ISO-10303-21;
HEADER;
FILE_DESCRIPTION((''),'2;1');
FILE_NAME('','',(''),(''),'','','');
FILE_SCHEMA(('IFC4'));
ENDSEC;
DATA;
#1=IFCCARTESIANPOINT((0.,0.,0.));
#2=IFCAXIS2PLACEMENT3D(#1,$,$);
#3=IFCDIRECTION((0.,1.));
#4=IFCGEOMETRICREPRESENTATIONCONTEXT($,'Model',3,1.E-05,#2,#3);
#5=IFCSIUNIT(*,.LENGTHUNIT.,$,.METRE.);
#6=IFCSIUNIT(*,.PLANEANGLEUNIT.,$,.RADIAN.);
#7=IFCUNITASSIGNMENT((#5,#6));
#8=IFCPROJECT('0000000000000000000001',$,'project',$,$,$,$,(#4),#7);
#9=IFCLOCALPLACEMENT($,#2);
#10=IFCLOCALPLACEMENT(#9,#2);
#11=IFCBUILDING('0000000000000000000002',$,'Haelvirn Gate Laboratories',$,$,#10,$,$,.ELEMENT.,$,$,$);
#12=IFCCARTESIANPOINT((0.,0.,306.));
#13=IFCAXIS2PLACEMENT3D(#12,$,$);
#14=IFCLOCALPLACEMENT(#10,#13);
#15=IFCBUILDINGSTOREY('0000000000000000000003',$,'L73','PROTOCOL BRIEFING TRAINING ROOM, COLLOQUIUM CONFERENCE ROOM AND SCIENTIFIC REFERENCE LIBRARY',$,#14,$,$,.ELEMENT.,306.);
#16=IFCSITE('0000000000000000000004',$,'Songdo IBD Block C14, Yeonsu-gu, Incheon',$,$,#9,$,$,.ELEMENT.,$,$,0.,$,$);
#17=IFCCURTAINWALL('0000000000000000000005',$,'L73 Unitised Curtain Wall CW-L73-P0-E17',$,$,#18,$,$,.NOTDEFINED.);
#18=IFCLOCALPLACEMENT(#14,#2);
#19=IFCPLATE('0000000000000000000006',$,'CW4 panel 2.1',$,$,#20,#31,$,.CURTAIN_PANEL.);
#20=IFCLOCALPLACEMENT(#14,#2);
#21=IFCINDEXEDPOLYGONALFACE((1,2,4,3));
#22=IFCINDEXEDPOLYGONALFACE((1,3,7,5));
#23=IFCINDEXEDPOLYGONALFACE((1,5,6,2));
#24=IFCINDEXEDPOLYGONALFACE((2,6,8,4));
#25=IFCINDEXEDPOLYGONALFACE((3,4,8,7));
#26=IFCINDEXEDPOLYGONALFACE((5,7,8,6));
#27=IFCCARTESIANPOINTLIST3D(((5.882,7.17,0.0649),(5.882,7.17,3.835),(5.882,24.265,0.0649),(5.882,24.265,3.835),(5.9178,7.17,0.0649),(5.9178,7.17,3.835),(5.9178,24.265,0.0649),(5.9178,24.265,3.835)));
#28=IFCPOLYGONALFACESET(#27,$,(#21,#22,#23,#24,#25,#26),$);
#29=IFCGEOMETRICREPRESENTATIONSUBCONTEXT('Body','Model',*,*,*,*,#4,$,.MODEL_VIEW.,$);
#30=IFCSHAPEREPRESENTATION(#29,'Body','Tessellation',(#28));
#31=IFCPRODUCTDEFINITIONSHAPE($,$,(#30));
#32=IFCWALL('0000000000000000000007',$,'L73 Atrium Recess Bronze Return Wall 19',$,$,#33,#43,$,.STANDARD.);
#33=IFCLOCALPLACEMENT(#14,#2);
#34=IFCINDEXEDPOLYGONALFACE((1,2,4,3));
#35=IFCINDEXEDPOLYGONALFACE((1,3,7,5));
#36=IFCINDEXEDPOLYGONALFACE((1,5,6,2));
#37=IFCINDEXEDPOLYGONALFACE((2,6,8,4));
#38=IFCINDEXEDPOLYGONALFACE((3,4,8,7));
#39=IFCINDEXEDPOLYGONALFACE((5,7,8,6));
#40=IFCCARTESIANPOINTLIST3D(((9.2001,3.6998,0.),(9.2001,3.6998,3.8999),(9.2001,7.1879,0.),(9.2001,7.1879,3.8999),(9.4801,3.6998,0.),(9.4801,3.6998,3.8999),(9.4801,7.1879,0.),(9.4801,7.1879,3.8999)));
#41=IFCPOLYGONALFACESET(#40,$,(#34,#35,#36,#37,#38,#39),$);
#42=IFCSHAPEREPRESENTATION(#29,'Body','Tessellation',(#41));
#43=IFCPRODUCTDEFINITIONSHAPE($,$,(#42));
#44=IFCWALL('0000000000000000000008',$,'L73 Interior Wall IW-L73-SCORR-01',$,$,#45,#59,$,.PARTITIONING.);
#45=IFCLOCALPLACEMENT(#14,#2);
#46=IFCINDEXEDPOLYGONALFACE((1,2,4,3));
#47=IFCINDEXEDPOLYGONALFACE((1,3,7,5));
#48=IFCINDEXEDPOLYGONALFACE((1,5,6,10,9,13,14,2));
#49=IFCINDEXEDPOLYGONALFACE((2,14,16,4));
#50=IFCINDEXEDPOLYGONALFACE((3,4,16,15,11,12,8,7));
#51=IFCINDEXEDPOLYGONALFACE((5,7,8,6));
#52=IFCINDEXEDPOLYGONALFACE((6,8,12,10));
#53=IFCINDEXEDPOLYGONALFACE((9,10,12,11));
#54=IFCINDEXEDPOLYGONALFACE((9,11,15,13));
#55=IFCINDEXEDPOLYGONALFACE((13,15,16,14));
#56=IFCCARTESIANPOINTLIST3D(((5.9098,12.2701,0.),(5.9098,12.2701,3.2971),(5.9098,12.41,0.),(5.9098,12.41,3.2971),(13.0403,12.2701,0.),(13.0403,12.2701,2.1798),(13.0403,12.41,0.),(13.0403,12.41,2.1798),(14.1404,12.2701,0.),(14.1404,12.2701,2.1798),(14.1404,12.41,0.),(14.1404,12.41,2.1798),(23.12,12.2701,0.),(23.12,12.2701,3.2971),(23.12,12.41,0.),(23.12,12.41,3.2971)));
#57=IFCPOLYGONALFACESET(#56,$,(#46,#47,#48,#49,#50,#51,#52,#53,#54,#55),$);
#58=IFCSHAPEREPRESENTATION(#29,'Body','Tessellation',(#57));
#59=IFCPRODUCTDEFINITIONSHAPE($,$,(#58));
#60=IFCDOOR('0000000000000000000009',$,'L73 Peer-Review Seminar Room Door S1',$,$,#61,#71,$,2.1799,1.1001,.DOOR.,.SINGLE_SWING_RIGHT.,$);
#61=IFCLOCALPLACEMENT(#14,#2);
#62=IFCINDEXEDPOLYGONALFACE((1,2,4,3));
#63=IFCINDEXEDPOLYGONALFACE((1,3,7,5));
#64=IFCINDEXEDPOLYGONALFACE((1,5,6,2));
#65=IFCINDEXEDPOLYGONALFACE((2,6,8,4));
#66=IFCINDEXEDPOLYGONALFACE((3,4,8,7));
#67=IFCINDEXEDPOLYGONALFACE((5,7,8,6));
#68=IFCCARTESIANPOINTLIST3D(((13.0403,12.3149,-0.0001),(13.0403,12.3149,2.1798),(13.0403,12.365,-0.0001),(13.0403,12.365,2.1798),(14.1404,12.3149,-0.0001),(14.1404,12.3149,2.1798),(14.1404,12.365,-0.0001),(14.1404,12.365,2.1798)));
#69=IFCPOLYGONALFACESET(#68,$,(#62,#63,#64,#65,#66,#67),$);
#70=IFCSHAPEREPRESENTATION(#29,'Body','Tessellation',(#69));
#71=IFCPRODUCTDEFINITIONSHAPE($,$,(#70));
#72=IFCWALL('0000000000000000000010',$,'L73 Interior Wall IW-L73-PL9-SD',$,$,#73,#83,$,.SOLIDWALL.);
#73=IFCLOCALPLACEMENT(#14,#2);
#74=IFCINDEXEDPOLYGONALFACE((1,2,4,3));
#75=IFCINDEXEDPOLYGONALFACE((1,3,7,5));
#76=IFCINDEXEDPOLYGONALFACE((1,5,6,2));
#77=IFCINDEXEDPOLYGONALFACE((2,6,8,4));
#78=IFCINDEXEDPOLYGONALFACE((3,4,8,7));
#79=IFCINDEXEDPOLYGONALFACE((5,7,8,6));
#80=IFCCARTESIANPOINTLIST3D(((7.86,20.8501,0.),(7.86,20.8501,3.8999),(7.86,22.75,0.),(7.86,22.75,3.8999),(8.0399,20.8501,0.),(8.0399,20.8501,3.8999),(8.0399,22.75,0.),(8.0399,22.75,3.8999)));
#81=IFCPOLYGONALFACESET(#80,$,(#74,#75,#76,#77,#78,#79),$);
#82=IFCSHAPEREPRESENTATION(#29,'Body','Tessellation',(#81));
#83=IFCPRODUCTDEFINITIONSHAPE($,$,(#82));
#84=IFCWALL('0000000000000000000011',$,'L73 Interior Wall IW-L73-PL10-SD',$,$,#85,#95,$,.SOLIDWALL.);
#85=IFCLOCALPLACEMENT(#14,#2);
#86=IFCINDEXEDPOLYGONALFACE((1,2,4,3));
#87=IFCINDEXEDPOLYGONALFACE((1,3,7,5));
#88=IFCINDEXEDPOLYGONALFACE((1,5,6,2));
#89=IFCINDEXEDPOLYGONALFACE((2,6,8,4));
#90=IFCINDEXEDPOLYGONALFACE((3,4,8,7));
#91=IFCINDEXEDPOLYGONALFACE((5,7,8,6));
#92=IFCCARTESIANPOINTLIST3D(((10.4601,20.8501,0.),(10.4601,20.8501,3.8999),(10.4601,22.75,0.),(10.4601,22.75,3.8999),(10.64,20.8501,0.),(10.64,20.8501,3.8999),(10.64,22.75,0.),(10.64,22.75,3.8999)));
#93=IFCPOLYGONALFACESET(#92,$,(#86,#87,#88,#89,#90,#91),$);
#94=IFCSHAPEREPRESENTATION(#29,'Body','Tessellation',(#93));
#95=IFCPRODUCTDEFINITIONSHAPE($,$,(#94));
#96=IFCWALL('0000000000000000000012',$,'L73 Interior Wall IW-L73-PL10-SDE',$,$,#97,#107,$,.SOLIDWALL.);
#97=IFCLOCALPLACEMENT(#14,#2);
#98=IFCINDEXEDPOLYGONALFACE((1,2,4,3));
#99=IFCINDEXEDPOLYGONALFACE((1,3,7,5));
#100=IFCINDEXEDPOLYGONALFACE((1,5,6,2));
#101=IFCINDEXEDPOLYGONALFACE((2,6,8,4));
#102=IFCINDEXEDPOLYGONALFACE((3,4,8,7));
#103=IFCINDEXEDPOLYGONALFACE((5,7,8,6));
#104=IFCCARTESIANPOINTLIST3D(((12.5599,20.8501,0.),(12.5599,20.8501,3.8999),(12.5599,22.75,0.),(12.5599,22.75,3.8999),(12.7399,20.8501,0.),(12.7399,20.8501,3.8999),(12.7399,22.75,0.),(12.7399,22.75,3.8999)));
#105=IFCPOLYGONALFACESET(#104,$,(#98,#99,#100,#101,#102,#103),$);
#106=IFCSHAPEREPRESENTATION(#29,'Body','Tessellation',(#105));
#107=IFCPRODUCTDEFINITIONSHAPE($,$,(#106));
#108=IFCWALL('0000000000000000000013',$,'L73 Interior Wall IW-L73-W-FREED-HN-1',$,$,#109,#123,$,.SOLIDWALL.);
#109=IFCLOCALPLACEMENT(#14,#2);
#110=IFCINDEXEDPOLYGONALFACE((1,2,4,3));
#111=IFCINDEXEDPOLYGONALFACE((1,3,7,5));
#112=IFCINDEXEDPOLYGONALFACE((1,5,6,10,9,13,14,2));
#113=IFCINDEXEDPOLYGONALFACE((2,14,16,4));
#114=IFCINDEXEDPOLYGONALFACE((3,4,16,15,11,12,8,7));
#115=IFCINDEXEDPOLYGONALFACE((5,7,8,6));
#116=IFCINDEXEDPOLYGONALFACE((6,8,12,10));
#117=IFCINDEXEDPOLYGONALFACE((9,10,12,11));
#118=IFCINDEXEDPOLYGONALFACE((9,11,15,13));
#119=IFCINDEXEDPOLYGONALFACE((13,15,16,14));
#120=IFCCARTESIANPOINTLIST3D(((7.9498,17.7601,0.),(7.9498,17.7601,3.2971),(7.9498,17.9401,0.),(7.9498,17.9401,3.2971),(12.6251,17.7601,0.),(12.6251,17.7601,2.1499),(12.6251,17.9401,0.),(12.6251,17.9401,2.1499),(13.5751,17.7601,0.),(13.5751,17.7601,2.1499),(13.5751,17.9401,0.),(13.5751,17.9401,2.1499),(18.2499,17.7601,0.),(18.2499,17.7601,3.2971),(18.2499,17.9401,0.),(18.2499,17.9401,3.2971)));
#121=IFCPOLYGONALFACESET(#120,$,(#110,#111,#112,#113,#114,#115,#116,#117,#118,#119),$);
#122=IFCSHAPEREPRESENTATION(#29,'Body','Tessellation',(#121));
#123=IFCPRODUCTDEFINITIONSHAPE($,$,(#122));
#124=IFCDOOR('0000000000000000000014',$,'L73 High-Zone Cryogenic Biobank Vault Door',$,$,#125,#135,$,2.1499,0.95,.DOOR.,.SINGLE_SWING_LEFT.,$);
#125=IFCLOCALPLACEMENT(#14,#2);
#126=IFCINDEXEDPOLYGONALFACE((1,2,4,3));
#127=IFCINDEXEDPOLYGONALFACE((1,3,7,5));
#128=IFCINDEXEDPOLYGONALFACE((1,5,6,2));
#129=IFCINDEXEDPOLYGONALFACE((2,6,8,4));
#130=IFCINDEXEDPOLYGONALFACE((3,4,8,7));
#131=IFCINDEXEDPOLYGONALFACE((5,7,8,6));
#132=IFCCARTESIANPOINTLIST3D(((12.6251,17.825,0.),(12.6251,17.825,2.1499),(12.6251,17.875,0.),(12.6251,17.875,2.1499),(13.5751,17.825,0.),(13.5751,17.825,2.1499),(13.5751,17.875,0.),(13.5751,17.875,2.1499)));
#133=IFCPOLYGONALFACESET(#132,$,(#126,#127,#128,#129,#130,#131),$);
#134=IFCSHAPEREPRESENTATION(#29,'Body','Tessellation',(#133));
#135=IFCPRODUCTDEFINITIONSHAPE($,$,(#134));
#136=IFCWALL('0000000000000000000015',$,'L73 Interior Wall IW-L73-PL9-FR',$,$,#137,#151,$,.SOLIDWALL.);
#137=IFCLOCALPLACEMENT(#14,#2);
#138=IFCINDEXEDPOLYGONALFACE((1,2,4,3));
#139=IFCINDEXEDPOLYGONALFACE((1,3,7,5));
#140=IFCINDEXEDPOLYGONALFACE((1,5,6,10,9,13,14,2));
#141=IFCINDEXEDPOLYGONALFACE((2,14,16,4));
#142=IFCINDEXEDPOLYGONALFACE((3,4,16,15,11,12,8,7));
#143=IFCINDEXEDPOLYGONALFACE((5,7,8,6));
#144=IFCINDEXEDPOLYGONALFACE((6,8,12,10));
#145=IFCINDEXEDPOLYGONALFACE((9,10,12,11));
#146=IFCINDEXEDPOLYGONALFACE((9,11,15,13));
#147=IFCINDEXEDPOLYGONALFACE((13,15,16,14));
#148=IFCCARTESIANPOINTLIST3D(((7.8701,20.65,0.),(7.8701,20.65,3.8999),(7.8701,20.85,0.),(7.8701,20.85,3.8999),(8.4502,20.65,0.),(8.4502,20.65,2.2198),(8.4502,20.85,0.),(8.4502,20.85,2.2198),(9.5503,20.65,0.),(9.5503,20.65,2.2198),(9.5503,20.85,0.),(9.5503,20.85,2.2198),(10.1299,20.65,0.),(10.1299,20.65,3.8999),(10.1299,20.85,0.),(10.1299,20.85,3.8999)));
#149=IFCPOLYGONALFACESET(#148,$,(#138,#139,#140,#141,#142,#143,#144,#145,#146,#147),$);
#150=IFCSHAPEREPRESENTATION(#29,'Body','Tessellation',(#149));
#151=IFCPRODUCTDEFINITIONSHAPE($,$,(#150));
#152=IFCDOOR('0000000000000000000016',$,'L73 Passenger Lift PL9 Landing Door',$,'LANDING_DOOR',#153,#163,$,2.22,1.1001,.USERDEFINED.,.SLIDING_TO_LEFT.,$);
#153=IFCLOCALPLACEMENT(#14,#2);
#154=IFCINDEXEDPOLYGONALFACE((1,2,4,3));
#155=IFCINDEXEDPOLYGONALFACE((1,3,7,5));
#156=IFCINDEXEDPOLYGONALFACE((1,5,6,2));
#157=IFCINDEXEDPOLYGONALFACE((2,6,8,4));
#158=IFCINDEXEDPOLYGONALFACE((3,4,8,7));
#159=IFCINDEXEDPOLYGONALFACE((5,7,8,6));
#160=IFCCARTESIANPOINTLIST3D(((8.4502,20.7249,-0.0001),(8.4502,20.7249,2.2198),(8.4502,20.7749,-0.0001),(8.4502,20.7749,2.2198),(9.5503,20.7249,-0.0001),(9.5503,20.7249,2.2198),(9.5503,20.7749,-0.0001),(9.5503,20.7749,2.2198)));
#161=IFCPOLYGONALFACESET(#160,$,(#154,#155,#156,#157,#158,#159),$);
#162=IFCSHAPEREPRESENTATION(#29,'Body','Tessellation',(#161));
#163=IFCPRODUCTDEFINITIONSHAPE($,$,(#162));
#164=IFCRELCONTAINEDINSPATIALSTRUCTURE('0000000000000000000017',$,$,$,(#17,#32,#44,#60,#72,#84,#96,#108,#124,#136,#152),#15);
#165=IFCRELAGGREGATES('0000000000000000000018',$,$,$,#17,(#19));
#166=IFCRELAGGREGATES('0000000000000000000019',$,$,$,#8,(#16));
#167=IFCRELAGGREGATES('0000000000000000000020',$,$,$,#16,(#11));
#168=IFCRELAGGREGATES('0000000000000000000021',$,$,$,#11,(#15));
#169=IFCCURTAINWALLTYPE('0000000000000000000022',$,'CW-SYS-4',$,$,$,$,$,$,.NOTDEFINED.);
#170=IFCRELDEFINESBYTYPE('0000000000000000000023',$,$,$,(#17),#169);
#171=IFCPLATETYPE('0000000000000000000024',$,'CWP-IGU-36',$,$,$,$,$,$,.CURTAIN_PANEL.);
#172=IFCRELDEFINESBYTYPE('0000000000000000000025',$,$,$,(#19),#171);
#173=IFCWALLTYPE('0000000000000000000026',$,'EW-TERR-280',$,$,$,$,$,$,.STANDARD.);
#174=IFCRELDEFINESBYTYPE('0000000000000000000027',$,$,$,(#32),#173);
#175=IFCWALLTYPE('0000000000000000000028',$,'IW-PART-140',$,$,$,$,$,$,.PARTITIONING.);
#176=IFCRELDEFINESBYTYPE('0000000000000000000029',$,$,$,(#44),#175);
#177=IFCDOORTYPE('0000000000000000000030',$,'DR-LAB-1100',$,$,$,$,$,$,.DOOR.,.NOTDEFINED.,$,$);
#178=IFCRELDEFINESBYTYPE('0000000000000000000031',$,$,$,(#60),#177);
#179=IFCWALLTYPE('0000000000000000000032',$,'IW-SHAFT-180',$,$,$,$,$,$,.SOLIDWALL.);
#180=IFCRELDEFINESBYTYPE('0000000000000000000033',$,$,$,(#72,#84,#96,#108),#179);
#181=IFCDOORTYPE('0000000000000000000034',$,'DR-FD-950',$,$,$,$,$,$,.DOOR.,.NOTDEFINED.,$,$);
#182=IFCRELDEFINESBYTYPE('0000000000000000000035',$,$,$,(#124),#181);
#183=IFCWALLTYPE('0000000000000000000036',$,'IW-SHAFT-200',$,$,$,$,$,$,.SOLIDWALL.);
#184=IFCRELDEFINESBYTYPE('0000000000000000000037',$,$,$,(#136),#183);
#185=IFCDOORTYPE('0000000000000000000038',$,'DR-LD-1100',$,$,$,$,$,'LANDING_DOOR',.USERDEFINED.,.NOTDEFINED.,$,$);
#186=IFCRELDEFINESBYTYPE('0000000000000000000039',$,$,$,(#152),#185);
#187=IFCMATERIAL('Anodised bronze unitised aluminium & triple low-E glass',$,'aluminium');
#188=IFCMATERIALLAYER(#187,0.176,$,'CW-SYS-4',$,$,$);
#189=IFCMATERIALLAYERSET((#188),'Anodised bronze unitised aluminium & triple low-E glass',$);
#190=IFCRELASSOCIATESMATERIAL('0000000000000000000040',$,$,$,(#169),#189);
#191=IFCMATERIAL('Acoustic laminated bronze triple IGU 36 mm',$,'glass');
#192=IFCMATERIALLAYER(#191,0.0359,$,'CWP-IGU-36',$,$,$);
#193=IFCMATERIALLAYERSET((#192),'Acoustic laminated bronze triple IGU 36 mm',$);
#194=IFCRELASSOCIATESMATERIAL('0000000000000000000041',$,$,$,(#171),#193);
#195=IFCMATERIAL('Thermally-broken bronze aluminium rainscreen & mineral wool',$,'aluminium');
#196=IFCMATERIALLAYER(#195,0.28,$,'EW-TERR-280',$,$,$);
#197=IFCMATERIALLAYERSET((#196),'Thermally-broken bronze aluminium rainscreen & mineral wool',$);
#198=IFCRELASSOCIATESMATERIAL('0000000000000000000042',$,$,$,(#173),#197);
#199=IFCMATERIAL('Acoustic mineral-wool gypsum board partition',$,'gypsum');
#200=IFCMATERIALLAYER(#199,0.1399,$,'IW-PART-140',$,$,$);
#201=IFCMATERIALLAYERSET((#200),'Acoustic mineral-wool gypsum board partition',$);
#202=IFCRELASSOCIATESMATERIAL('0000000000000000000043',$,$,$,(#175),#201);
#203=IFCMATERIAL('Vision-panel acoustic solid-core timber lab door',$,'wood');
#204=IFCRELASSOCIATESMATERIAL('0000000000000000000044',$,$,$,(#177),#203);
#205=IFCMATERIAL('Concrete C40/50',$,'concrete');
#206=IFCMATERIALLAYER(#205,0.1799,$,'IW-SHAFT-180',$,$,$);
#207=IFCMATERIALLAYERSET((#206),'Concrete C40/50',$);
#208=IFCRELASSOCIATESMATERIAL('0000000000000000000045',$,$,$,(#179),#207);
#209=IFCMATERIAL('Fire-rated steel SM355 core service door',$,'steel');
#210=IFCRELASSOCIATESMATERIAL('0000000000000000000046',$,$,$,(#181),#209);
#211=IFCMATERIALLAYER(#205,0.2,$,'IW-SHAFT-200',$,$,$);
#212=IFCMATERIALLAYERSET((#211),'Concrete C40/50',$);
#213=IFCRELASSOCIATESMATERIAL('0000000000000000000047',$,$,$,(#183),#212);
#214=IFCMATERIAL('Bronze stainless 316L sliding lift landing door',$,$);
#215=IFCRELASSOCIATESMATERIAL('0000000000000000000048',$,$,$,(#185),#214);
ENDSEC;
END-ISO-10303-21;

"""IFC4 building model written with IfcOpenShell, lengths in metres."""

from ifc_helpers import new_model, si_unit, direction, frame, frame_2d, origin, origin_2d, place, context, subcontext, project, spatial, rectangle, extrude, source, transform, mapped, material, layer, layer_set, type_object, type_shapes, element, fill, aggregate, save


model = new_model("IFC4")

# Units and contexts
model_context = context("Model", 3, precision=1e-05, world=origin(), true_north=direction((0.0, 1.0)))
body_context = subcontext(model_context, "Body", "Model", "MODEL_VIEW")
ifc_project = project(units=[si_unit("LENGTHUNIT", "METRE"), si_unit("PLANEANGLEUNIT", "RADIAN")], contexts=[model_context])

# Site, building, storey
site_placement = place(None, origin())
site = spatial("IfcSite", under=ifc_project, at=site_placement, Name="Songdo IBD Block C14, Yeonsu-gu, Incheon", CompositionType="ELEMENT", RefElevation=0.0)
building_placement = place(site_placement, origin())
building = spatial("IfcBuilding", under=site, at=building_placement, Name="Haelvirn Gate Laboratories", CompositionType="ELEMENT")
storey_placement = place(building_placement, frame((0.0, 0.0, 306.0)))
storey = spatial("IfcBuildingStorey", under=building, at=storey_placement, Name="L73", Description="PROTOCOL BRIEFING TRAINING ROOM, COLLOQUIUM CONFERENCE ROOM AND SCIENTIFIC REFERENCE LIBRARY", CompositionType="ELEMENT", Elevation=306.0)

# Curtain wall
ifc_material_1 = material(Name="Anodised bronze unitised aluminium & triple low-E glass", Category="aluminium")
ifc_layer_1 = layer(ifc_material_1, 0.176, Name="CW-SYS-4")
ifc_layer_set_1 = layer_set([ifc_layer_1], Name="Anodised bronze unitised aluminium & triple low-E glass")
curtain_wall_type_1 = type_object("IfcCurtainWallType", Name="CW-SYS-4", PredefinedType="NOTDEFINED", material=ifc_layer_set_1)
curtain_wall_1_placement = place(storey_placement, origin())
curtain_wall_1 = element("IfcCurtainWall", 1, at=curtain_wall_1_placement, inside=storey, type_object=curtain_wall_type_1, Name="L73 Unitised Curtain Wall CW-L73-P0-E17", PredefinedType="NOTDEFINED")

# Plate
ifc_material_2 = material(Name="Acoustic laminated bronze triple IGU 36 mm", Category="glass")
ifc_layer_2 = layer(ifc_material_2, 0.0359, Name="CWP-IGU-36")
ifc_layer_set_2 = layer_set([ifc_layer_2], Name="Acoustic laminated bronze triple IGU 36 mm")
plate_type_1 = type_object("IfcPlateType", Name="CWP-IGU-36", PredefinedType="CURTAIN_PANEL", material=ifc_layer_set_2)
shared_shape_1 = source(origin(), body_context, "Body", "SweptSolid", [
    extrude(rectangle(XDim=17.095, YDim=0.0359, at=origin_2d()), origin(), (0.0, 0.0, 1.0), 3.77),
])
type_shapes(plate_type_1, [shared_shape_1])
plate_1_placement = place(storey_placement, frame((5.8999, 15.7175, 0.0649), z_axis=(0.0, 0.0, 1.0), x_axis=(0.0, -1.0, 0.0)))
plate_1 = element("IfcPlate", 2, at=plate_1_placement, type_object=plate_type_1, Name="CW4 panel 2.1", PredefinedType="CURTAIN_PANEL", context=body_context, shape_type="MappedRepresentation", body=[
    mapped(shared_shape_1, transform((0.0, 0.0, 0.0), scale=1.0)),
])
aggregate(curtain_wall_1, [plate_1])

# Wall
ifc_material_3 = material(Name="Thermally-broken bronze aluminium rainscreen & mineral wool", Category="aluminium")
ifc_layer_3 = layer(ifc_material_3, 0.28, Name="EW-TERR-280")
ifc_layer_set_3 = layer_set([ifc_layer_3], Name="Thermally-broken bronze aluminium rainscreen & mineral wool")
wall_type_1 = type_object("IfcWallType", Name="EW-TERR-280", PredefinedType="STANDARD", material=ifc_layer_set_3)
wall_1_placement = place(storey_placement, frame((9.3401, 7.188, 0.0), z_axis=(0.0, 0.0, 1.0), x_axis=(0.0, -1.0, 0.0)))
element("IfcWall", 3, at=wall_1_placement, inside=storey, type_object=wall_type_1, Name="L73 Atrium Recess Bronze Return Wall 19", PredefinedType="STANDARD", context=body_context, shape_type="SweptSolid", body=[
    extrude(rectangle(XDim=3.488, YDim=0.28, at=frame_2d((1.7441, 0.0))), origin(), (0.0, 0.0, 1.0), 3.8999),
])

# Wall, opening, door
ifc_material_4 = material(Name="Acoustic mineral-wool gypsum board partition", Category="gypsum")
ifc_layer_4 = layer(ifc_material_4, 0.1399, Name="IW-PART-140")
ifc_layer_set_4 = layer_set([ifc_layer_4], Name="Acoustic mineral-wool gypsum board partition")
wall_type_2 = type_object("IfcWallType", Name="IW-PART-140", PredefinedType="PARTITIONING", material=ifc_layer_set_4)
wall_2_placement = place(storey_placement, frame((5.9099, 12.3401, 0.0), z_axis=(0.0, 0.0, 1.0), x_axis=(1.0, 0.0, 0.0)))
wall_2 = element("IfcWall", 4, at=wall_2_placement, inside=storey, type_object=wall_type_2, Name="L73 Interior Wall IW-L73-SCORR-01", PredefinedType="PARTITIONING", context=body_context, shape_type="SweptSolid", body=[
    extrude(rectangle(XDim=17.2102, YDim=0.1399, at=frame_2d((8.605, 0.0))), origin(), (0.0, 0.0, 1.0), 3.2971),
])
opening_1_placement = place(wall_2_placement, frame((7.1304, 0.0, 0.0)))
opening_1 = element("IfcOpeningElement", 5, at=opening_1_placement, cuts=wall_2, PredefinedType="OPENING", context=body_context, shape_type="SweptSolid", body=[
    extrude(rectangle(XDim=1.1001, YDim=2.1799, at=frame_2d((0.55, 1.0898))), frame((0.0, 0.0801, 0.0), z_axis=(0.0, -1.0, 0.0), x_axis=(1.0, 0.0, 0.0)), (0.0, 0.0, 1.0), 0.1599),
])
ifc_material_5 = material(Name="Vision-panel acoustic solid-core timber lab door", Category="wood")
door_type_1 = type_object("IfcDoorType", Name="DR-LAB-1100", OperationType="NOTDEFINED", PredefinedType="DOOR", material=ifc_material_5)
shared_shape_2 = source(origin(), body_context, "Body", "SweptSolid", [
    extrude(rectangle(XDim=1.1001, YDim=2.1799, at=frame_2d((0.55, 1.0898))), frame((0.0, 0.0249, 0.0), z_axis=(0.0, -1.0, 0.0), x_axis=(1.0, 0.0, 0.0)), (0.0, 0.0, 1.0), 0.05),
])
type_shapes(door_type_1, [shared_shape_2])
door_1_placement = place(opening_1_placement, origin())
door_1 = element("IfcDoor", 6, at=door_1_placement, inside=storey, type_object=door_type_1, Name="L73 Peer-Review Seminar Room Door S1", OperationType="SINGLE_SWING_RIGHT", OverallHeight=2.1799, OverallWidth=1.1001, PredefinedType="DOOR", context=body_context, shape_type="MappedRepresentation", body=[
    mapped(shared_shape_2, transform((0.0, 0.0, 0.0), scale=1.0)),
])
fill(opening_1, door_1)

# Walls
ifc_material_6 = material(Name="Concrete C40/50", Category="concrete")
ifc_layer_5 = layer(ifc_material_6, 0.1799, Name="IW-SHAFT-180")
ifc_layer_set_5 = layer_set([ifc_layer_5], Name="Concrete C40/50")
wall_type_3 = type_object("IfcWallType", Name="IW-SHAFT-180", PredefinedType="SOLIDWALL", material=ifc_layer_set_5)
for number, where, z_axis, x_axis, name in (
    (7, (7.95, 20.8501, 0.0), (0.0, 0.0, 1.0), (0.0, 1.0, 0.0), "L73 Interior Wall IW-L73-PL9-SD"),
    (8, (10.55, 20.8501, 0.0), (0.0, 0.0, 1.0), (0.0, 1.0, 0.0), "L73 Interior Wall IW-L73-PL10-SD"),
    (9, (12.6499, 20.8501, 0.0), (0.0, 0.0, 1.0), (0.0, 1.0, 0.0), "L73 Interior Wall IW-L73-PL10-SDE"),
):
    element("IfcWall", number, at=place(storey_placement, frame(where, z_axis=z_axis, x_axis=x_axis)), inside=storey, type_object=wall_type_3, Name=name, PredefinedType="SOLIDWALL", context=body_context, shape_type="SweptSolid", body=[
        extrude(rectangle(XDim=1.8999, YDim=0.1799, at=frame_2d((0.95, 0.0))), origin(), (0.0, 0.0, 1.0), 3.8999),
    ])

# Walls, openings, doors
wall_3_placement = place(storey_placement, frame((7.95, 17.8501, 0.0), z_axis=(0.0, 0.0, 1.0), x_axis=(1.0, 0.0, 0.0)))
wall_3 = element("IfcWall", 10, at=wall_3_placement, inside=storey, type_object=wall_type_3, Name="L73 Interior Wall IW-L73-W-FREED-HN-1", PredefinedType="SOLIDWALL", context=body_context, shape_type="SweptSolid", body=[
    extrude(rectangle(XDim=10.3, YDim=0.1799, at=frame_2d((5.1499, 0.0))), origin(), (0.0, 0.0, 1.0), 3.2971),
])
opening_2_placement = place(wall_3_placement, frame((4.675, 0.0, 0.0)))
opening_2 = element("IfcOpeningElement", 11, at=opening_2_placement, cuts=wall_3, PredefinedType="OPENING", context=body_context, shape_type="SweptSolid", body=[
    extrude(rectangle(XDim=0.95, YDim=2.1499, at=frame_2d((0.4751, 1.075))), frame((0.0, 0.1001, 0.0), z_axis=(0.0, -1.0, 0.0), x_axis=(1.0, 0.0, 0.0)), (0.0, 0.0, 1.0), 0.2),
])
ifc_material_7 = material(Name="Fire-rated steel SM355 core service door", Category="steel")
door_type_2 = type_object("IfcDoorType", Name="DR-FD-950", OperationType="NOTDEFINED", PredefinedType="DOOR", material=ifc_material_7)
shared_shape_3 = source(origin(), body_context, "Body", "SweptSolid", [
    extrude(rectangle(XDim=0.95, YDim=2.1499, at=frame_2d((0.4751, 1.075))), frame((0.0, 0.0249, 0.0), z_axis=(0.0, -1.0, 0.0), x_axis=(1.0, 0.0, 0.0)), (0.0, 0.0, 1.0), 0.05),
])
type_shapes(door_type_2, [shared_shape_3])
door_2_placement = place(opening_2_placement, origin())
door_2 = element("IfcDoor", 12, at=door_2_placement, inside=storey, type_object=door_type_2, Name="L73 High-Zone Cryogenic Biobank Vault Door", OperationType="SINGLE_SWING_LEFT", OverallHeight=2.1499, OverallWidth=0.95, PredefinedType="DOOR", context=body_context, shape_type="MappedRepresentation", body=[
    mapped(shared_shape_3, transform((0.0, 0.0, 0.0), scale=1.0)),
])
fill(opening_2, door_2)
ifc_layer_6 = layer(ifc_material_6, 0.2, Name="IW-SHAFT-200")
ifc_layer_set_6 = layer_set([ifc_layer_6], Name="Concrete C40/50")
wall_type_4 = type_object("IfcWallType", Name="IW-SHAFT-200", PredefinedType="SOLIDWALL", material=ifc_layer_set_6)
wall_4_placement = place(storey_placement, frame((7.8701, 20.75, 0.0), z_axis=(0.0, 0.0, 1.0), x_axis=(1.0, 0.0, 0.0)))
wall_4 = element("IfcWall", 13, at=wall_4_placement, inside=storey, type_object=wall_type_4, Name="L73 Interior Wall IW-L73-PL9-FR", PredefinedType="SOLIDWALL", context=body_context, shape_type="SweptSolid", body=[
    extrude(rectangle(XDim=2.2598, YDim=0.2, at=frame_2d((1.1299, 0.0))), origin(), (0.0, 0.0, 1.0), 3.8999),
])
opening_3_placement = place(wall_4_placement, frame((0.5801, 0.0, 0.0)))
opening_3 = element("IfcOpeningElement", 14, at=opening_3_placement, cuts=wall_4, PredefinedType="OPENING", context=body_context, shape_type="SweptSolid", body=[
    extrude(rectangle(XDim=1.1001, YDim=2.22, at=frame_2d((0.55, 1.1099))), frame((0.0, 0.1099, 0.0), z_axis=(0.0, -1.0, 0.0), x_axis=(1.0, 0.0, 0.0)), (0.0, 0.0, 1.0), 0.22),
])
ifc_material_8 = material(Name="Bronze stainless 316L sliding lift landing door")
door_type_3 = type_object("IfcDoorType", Name="DR-LD-1100", ElementType="LANDING_DOOR", OperationType="NOTDEFINED", PredefinedType="USERDEFINED", material=ifc_material_8)
shared_shape_4 = source(origin(), body_context, "Body", "SweptSolid", [
    extrude(rectangle(XDim=1.1001, YDim=2.22, at=frame_2d((0.55, 1.1099))), frame((0.0, 0.0249, 0.0), z_axis=(0.0, -1.0, 0.0), x_axis=(1.0, 0.0, 0.0)), (0.0, 0.0, 1.0), 0.05),
])
type_shapes(door_type_3, [shared_shape_4])
door_3_placement = place(opening_3_placement, origin())
door_3 = element("IfcDoor", 15, at=door_3_placement, inside=storey, type_object=door_type_3, Name="L73 Passenger Lift PL9 Landing Door", ObjectType="LANDING_DOOR", OperationType="SLIDING_TO_LEFT", OverallHeight=2.22, OverallWidth=1.1001, PredefinedType="USERDEFINED", context=body_context, shape_type="MappedRepresentation", body=[
    mapped(shared_shape_4, transform((0.0, 0.0, 0.0), scale=1.0)),
])
fill(opening_3, door_3)

save(model, "model.ifc")
